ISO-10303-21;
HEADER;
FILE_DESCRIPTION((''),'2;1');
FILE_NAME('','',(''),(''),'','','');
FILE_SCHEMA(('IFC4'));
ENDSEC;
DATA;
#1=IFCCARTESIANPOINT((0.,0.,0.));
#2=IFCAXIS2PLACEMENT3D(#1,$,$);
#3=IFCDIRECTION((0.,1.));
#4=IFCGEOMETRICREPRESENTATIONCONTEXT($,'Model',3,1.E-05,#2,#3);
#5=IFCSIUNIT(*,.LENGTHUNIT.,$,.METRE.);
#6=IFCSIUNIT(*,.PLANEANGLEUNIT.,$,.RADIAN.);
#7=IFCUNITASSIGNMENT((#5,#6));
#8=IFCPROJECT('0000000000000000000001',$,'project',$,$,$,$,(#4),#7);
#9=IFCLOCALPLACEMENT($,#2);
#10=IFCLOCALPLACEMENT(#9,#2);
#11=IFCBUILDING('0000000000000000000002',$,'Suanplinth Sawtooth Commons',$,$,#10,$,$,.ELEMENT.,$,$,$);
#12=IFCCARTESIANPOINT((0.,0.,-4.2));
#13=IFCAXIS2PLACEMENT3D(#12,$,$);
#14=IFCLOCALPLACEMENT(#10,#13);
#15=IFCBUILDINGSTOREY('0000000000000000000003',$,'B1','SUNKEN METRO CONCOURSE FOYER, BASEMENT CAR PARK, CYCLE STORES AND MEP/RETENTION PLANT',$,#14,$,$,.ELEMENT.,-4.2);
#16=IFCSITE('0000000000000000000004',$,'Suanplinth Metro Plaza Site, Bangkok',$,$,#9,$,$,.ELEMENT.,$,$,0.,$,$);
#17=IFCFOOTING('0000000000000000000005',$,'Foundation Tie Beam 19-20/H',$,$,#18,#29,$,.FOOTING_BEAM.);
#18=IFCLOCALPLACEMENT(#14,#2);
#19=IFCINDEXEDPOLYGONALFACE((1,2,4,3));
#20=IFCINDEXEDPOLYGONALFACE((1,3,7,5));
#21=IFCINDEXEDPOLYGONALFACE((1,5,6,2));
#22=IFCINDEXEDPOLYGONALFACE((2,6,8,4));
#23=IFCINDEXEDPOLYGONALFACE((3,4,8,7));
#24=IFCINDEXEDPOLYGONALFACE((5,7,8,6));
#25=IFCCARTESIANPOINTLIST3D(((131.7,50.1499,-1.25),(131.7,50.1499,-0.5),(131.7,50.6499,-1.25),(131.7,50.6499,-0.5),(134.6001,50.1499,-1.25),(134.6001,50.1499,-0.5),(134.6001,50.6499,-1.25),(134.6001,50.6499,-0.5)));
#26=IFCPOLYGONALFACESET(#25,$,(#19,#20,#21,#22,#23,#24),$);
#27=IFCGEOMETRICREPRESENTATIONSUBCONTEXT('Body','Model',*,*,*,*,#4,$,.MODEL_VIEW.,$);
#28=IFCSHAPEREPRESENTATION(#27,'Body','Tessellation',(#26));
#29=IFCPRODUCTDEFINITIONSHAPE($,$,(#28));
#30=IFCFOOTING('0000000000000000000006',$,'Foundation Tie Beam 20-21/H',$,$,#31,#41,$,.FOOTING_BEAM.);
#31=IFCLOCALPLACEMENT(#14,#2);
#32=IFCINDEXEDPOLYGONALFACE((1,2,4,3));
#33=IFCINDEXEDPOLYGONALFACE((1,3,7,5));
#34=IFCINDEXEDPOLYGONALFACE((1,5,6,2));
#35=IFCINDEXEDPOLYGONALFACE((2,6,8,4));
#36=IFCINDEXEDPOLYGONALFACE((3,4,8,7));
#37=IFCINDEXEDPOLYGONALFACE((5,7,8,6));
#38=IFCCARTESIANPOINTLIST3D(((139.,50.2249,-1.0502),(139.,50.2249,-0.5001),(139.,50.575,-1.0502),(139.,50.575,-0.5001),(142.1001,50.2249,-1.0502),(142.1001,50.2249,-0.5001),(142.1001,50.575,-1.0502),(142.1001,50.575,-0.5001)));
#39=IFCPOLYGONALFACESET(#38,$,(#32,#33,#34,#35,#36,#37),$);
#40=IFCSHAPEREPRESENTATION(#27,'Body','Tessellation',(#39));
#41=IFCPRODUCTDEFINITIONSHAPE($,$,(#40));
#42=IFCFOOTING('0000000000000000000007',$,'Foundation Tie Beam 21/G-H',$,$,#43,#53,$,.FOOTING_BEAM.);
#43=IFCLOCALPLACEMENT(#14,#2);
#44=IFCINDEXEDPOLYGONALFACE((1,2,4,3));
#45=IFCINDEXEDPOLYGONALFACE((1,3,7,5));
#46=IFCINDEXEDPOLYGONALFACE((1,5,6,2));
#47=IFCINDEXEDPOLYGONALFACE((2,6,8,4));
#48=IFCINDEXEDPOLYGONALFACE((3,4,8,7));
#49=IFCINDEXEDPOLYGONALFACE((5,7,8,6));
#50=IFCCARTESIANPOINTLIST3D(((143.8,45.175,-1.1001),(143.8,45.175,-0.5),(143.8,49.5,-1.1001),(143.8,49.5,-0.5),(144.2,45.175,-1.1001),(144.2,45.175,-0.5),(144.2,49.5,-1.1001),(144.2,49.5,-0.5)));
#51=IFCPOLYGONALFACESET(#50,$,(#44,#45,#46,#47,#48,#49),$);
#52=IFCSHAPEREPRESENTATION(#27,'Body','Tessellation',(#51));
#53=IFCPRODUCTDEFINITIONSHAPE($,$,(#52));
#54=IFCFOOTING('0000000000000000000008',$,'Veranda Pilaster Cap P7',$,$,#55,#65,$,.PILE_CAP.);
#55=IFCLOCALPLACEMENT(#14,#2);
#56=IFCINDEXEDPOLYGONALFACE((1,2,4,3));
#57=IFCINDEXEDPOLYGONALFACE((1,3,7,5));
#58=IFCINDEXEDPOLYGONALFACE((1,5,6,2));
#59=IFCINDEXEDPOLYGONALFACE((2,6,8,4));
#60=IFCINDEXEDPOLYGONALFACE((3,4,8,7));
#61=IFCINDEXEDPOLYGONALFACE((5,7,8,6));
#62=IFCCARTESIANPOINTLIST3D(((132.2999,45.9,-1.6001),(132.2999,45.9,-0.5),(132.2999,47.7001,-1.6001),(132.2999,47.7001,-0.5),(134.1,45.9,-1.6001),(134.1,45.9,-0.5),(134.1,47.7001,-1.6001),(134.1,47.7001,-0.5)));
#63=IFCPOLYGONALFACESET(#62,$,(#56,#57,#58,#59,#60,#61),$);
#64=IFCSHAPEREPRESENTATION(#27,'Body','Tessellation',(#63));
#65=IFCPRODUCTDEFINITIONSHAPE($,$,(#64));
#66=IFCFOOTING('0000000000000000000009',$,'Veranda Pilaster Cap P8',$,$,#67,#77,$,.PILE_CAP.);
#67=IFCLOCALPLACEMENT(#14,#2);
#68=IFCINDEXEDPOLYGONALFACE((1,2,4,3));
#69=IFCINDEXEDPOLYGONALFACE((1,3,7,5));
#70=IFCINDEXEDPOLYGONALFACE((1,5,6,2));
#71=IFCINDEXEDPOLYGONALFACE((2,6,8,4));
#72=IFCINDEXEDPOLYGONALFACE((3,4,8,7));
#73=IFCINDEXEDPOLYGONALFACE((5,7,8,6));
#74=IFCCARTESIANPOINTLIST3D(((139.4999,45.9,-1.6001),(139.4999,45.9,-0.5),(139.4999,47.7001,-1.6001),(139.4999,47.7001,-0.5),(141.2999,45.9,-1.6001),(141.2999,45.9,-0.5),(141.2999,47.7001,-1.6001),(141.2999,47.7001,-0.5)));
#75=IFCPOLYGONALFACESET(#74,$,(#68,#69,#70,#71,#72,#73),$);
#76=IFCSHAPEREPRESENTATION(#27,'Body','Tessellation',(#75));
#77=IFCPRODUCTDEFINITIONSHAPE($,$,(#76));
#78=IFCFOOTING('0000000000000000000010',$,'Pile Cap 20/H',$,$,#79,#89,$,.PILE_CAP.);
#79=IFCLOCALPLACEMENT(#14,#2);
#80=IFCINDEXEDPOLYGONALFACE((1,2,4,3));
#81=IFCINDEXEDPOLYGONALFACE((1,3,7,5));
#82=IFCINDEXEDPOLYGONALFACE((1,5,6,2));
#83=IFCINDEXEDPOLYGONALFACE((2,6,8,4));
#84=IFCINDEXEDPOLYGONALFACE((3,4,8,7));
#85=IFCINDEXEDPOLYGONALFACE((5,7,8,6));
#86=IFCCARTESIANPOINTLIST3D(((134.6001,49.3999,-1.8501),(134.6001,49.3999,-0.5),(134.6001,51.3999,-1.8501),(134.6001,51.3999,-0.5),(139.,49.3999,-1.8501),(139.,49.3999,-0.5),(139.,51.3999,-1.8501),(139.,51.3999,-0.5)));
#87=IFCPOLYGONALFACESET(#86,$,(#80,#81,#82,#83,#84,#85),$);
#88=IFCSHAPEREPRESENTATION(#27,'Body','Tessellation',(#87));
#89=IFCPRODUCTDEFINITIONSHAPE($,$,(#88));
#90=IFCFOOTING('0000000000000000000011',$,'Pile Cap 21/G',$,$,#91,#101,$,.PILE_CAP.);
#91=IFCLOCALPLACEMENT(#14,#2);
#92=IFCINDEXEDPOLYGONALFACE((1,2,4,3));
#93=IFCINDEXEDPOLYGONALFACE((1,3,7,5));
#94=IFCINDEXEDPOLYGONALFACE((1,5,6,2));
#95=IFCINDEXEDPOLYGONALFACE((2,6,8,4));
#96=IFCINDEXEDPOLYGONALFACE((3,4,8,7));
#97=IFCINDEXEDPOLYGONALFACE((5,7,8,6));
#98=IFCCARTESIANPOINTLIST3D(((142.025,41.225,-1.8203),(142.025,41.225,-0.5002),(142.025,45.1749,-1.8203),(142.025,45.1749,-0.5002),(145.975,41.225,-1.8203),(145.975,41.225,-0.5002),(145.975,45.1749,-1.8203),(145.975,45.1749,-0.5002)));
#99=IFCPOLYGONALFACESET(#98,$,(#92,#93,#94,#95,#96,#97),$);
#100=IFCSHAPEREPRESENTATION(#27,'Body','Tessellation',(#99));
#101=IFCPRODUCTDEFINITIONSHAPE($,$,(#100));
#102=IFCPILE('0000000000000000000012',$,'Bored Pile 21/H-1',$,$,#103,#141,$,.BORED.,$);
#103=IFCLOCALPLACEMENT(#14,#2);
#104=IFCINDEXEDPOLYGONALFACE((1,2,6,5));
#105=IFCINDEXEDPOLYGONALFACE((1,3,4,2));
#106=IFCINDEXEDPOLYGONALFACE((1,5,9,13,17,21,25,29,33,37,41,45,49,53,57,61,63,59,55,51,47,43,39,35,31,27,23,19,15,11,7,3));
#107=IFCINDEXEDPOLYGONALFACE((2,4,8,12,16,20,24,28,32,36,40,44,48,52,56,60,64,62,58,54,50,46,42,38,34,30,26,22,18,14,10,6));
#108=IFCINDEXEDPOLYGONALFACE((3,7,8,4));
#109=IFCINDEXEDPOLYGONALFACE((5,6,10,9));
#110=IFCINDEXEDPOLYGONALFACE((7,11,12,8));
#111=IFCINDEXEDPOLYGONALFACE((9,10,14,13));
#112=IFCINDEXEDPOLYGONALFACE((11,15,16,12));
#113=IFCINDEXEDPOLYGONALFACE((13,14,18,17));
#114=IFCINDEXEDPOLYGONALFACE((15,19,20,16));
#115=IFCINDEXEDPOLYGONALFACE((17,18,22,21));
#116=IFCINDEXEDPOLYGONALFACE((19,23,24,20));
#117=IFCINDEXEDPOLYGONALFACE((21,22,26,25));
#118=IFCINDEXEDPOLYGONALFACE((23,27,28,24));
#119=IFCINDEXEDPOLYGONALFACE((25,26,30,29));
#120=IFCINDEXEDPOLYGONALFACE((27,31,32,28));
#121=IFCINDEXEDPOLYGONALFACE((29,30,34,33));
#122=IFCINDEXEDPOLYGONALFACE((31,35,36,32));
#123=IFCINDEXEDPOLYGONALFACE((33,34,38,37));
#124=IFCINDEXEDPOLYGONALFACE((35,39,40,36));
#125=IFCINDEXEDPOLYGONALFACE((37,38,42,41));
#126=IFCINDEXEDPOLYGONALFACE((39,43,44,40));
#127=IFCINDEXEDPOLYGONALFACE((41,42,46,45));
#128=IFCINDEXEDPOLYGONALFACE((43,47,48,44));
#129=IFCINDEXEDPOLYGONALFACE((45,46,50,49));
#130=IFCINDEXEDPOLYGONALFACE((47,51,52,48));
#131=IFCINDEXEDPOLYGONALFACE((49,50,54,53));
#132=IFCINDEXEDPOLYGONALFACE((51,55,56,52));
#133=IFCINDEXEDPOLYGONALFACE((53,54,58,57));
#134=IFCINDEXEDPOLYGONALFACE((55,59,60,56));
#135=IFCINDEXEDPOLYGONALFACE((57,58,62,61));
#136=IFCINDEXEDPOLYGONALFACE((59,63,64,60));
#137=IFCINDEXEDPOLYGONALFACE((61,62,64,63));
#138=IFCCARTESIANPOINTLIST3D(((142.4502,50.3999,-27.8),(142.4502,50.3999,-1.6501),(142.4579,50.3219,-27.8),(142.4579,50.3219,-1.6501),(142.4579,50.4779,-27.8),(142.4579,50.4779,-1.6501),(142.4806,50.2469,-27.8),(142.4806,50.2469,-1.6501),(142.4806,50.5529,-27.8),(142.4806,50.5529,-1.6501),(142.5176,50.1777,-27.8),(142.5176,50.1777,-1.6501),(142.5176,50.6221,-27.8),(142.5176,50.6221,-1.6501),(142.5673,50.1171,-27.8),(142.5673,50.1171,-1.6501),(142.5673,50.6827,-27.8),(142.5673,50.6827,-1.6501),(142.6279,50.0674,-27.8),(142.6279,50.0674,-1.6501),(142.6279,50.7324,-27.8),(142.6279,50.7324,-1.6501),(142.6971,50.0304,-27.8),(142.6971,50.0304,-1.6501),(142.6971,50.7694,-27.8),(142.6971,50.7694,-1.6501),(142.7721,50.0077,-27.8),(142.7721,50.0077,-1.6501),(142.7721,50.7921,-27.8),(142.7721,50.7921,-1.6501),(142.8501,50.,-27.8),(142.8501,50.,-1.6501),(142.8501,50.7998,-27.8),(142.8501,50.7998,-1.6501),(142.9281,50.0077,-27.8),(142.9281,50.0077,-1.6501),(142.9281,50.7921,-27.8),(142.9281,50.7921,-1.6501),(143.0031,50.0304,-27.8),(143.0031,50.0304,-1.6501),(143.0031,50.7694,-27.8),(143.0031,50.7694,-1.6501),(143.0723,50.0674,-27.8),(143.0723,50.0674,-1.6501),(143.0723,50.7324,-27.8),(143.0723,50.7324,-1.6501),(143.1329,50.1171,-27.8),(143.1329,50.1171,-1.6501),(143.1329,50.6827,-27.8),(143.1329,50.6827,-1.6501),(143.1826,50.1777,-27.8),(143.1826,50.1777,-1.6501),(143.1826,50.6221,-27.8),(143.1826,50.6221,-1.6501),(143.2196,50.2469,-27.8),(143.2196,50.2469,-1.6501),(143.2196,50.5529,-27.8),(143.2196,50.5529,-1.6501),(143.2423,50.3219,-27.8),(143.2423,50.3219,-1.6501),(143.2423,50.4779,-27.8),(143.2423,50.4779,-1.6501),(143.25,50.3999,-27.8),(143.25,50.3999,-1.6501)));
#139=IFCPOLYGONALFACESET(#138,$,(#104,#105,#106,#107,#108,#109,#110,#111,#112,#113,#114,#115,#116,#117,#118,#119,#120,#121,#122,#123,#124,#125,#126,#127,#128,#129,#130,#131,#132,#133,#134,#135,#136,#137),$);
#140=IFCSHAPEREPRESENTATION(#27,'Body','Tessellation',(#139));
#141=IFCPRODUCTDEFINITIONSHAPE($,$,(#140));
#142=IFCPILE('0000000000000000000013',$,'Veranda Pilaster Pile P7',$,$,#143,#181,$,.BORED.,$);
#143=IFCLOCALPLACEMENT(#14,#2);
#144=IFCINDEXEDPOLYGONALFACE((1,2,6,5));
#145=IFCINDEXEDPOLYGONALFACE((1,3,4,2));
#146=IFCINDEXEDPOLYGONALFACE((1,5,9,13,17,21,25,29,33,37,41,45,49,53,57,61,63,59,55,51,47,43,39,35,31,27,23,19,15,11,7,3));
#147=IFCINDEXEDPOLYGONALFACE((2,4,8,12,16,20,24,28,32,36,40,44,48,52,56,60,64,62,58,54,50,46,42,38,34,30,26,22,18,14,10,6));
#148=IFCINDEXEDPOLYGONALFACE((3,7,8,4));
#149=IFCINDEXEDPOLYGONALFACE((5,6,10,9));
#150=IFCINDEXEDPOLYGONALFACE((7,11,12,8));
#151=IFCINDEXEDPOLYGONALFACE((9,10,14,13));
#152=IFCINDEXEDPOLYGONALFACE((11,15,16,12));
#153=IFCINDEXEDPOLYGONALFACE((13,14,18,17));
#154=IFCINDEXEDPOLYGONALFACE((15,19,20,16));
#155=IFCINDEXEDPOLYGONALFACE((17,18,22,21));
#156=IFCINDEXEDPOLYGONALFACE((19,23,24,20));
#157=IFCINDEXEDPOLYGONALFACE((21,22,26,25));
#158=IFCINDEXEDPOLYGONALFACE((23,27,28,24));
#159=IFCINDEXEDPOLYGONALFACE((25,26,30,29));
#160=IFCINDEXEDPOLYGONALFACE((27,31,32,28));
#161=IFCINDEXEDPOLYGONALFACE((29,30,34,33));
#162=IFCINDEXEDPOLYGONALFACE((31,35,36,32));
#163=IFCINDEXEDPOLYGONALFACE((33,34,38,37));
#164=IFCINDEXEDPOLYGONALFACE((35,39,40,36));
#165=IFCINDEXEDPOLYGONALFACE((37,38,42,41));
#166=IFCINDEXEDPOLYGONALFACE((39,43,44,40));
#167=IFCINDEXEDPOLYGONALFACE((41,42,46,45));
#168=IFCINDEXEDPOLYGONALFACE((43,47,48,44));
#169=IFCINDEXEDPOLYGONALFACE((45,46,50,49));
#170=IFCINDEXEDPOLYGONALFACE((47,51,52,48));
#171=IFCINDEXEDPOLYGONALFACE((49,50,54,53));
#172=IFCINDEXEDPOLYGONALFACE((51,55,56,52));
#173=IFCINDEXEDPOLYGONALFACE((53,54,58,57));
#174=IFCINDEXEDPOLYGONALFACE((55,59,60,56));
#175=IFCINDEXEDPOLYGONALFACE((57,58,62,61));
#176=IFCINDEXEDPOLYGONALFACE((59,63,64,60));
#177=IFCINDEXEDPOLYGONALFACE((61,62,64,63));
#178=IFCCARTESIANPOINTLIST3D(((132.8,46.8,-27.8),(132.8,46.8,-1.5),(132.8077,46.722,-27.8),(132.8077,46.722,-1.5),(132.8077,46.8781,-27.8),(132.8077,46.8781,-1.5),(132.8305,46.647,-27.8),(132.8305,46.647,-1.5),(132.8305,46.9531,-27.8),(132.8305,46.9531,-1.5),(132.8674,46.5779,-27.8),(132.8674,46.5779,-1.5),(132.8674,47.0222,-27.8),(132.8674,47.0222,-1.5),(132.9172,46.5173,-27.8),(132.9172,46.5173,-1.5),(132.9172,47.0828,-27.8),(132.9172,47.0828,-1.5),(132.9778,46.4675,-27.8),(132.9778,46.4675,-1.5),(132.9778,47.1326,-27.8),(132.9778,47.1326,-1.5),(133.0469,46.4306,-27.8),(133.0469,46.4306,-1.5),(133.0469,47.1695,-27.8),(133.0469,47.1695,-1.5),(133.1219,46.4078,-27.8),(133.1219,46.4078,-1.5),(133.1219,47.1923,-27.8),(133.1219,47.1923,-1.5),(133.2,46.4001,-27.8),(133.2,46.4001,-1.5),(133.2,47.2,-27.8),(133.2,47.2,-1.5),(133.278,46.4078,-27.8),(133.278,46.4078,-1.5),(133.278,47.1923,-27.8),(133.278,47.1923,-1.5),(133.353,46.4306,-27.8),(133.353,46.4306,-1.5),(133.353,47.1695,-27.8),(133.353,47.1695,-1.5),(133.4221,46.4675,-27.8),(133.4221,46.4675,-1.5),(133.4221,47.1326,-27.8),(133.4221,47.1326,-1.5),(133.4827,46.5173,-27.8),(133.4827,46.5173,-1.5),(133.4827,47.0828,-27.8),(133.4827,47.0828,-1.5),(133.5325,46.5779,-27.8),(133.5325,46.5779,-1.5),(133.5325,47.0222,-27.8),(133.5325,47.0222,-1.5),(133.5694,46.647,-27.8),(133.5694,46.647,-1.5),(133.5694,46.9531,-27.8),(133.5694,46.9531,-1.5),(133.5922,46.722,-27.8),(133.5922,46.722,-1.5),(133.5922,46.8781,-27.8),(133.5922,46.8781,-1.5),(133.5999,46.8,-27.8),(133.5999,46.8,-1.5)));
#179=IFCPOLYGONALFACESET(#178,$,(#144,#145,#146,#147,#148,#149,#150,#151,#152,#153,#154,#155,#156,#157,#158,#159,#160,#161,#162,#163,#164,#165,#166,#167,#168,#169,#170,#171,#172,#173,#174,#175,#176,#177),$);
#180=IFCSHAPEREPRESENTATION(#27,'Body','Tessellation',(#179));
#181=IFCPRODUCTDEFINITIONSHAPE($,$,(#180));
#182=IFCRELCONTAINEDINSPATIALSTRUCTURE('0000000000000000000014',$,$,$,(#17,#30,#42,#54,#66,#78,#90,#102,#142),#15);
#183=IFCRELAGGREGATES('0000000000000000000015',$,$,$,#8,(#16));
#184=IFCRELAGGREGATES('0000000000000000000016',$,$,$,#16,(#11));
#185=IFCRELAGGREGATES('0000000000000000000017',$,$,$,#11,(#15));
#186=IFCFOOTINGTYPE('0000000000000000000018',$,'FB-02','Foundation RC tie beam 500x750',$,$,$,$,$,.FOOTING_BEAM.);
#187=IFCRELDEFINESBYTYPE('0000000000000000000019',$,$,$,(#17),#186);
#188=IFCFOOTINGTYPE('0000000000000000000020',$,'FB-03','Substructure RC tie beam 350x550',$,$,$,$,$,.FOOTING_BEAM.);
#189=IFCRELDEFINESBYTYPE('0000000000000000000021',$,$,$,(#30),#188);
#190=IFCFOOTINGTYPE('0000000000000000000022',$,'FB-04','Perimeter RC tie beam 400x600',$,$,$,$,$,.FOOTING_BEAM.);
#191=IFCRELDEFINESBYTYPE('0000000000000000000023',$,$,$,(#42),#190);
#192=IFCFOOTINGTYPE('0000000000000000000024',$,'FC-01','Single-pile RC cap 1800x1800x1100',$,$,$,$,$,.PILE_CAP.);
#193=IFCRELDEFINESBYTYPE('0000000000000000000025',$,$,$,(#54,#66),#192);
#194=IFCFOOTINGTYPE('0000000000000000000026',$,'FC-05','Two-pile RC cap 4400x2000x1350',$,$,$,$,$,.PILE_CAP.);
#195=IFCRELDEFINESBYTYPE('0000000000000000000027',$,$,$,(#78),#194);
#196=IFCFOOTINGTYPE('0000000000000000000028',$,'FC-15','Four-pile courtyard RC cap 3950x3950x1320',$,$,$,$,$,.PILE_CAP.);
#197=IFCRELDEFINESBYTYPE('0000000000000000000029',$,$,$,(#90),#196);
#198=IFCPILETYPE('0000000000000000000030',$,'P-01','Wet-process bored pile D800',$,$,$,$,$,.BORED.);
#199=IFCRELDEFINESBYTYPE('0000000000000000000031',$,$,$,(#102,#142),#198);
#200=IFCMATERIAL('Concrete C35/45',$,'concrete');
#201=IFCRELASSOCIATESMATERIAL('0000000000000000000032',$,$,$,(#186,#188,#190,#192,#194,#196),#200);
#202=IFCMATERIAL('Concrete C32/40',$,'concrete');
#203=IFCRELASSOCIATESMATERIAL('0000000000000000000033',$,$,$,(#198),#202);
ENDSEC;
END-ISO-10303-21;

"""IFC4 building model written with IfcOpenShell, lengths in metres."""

from ifc_helpers import new_model, si_unit, direction, frame, origin, origin_2d, place, context, subcontext, project, spatial, rectangle, circle, extrude, material, material_profile, profile_set, type_object, element, save


model = new_model("IFC4")

# Units and contexts
model_context = context("Model", 3, precision=1e-05, world=origin(), true_north=direction((0.0, 1.0)))
body_context = subcontext(model_context, "Body", "Model", "MODEL_VIEW")
ifc_project = project(units=[si_unit("LENGTHUNIT", "METRE"), si_unit("PLANEANGLEUNIT", "RADIAN")], contexts=[model_context])

# Site, building, storey
site_placement = place(None, origin())
site = spatial("IfcSite", under=ifc_project, at=site_placement, Name="Suanplinth Metro Plaza Site, Bangkok", CompositionType="ELEMENT", RefElevation=0.0)
building_placement = place(site_placement, origin())
building = spatial("IfcBuilding", under=site, at=building_placement, Name="Suanplinth Sawtooth Commons", CompositionType="ELEMENT")
storey_placement = place(building_placement, frame((0.0, 0.0, -4.2)))
storey = spatial("IfcBuildingStorey", under=building, at=storey_placement, Name="B1", Description="SUNKEN METRO CONCOURSE FOYER, BASEMENT CAR PARK, CYCLE STORES AND MEP/RETENTION PLANT", CompositionType="ELEMENT", Elevation=-4.2)

# Footings
ifc_material_1 = material(Name="Concrete C35/45", Category="concrete")
ifc_material_profile_1 = material_profile(ifc_material_1, rectangle(XDim=0.5, YDim=0.75, at=origin_2d()), Name="RC-GDR 500x750")
ifc_profile_set_1 = profile_set([ifc_material_profile_1], Name="Concrete C35/45")
footing_type_1 = type_object("IfcFootingType", Name="FB-02", Description="Foundation RC tie beam 500x750", PredefinedType="FOOTING_BEAM", material=ifc_profile_set_1)
footing_1_placement = place(storey_placement, frame((131.7, 50.3999, -0.875), z_axis=(1.0, 0.0, 0.0), x_axis=(0.0, 1.0, 0.0)))
element("IfcFooting", 1, at=footing_1_placement, inside=storey, type_object=footing_type_1, Name="Foundation Tie Beam 19-20/H", PredefinedType="FOOTING_BEAM", context=body_context, shape_type="SweptSolid", body=[
    extrude(rectangle(XDim=0.5, YDim=0.75, at=origin_2d()), origin(), (0.0, 0.0, 1.0), 2.9001),
])
ifc_material_profile_2 = material_profile(ifc_material_1, rectangle(XDim=0.3501, YDim=0.55, at=origin_2d()), Name="PC-BM 350x550")
ifc_profile_set_2 = profile_set([ifc_material_profile_2], Name="Concrete C35/45")
footing_type_2 = type_object("IfcFootingType", Name="FB-03", Description="Substructure RC tie beam 350x550", PredefinedType="FOOTING_BEAM", material=ifc_profile_set_2)
footing_2_placement = place(storey_placement, frame((139.0, 50.3999, -0.7751), z_axis=(1.0, 0.0, 0.0), x_axis=(0.0, 1.0, 0.0)))
element("IfcFooting", 2, at=footing_2_placement, inside=storey, type_object=footing_type_2, Name="Foundation Tie Beam 20-21/H", PredefinedType="FOOTING_BEAM", context=body_context, shape_type="SweptSolid", body=[
    extrude(rectangle(XDim=0.3501, YDim=0.55, at=origin_2d()), origin(), (0.0, 0.0, 1.0), 3.1001),
])
ifc_material_profile_3 = material_profile(ifc_material_1, rectangle(XDim=0.3999, YDim=0.6001, at=origin_2d()), Name="PC-GDR 400x600")
ifc_profile_set_3 = profile_set([ifc_material_profile_3], Name="Concrete C35/45")
footing_type_3 = type_object("IfcFootingType", Name="FB-04", Description="Perimeter RC tie beam 400x600", PredefinedType="FOOTING_BEAM", material=ifc_profile_set_3)
footing_3_placement = place(storey_placement, frame((144.0, 45.175, -0.8), z_axis=(0.0, 1.0, 0.0), x_axis=(-1.0, 0.0, 0.0)))
element("IfcFooting", 3, at=footing_3_placement, inside=storey, type_object=footing_type_3, Name="Foundation Tie Beam 21/G-H", PredefinedType="FOOTING_BEAM", context=body_context, shape_type="SweptSolid", body=[
    extrude(rectangle(XDim=0.3999, YDim=0.6001, at=origin_2d()), origin(), (0.0, 0.0, 1.0), 4.325),
])
footing_type_4 = type_object("IfcFootingType", Name="FC-01", Description="Single-pile RC cap 1800x1800x1100", PredefinedType="PILE_CAP", material=ifc_material_1)
for number, where, z_axis, x_axis, name in (
    (4, (133.2, 46.8, -1.6001), (0.0, 0.0, 1.0), (1.0, 0.0, 0.0), "Veranda Pilaster Cap P7"),
    (5, (140.3999, 46.8, -1.6001), (0.0, 0.0, 1.0), (1.0, 0.0, 0.0), "Veranda Pilaster Cap P8"),
):
    element("IfcFooting", number, at=place(storey_placement, frame(where, z_axis=z_axis, x_axis=x_axis)), inside=storey, type_object=footing_type_4, Name=name, PredefinedType="PILE_CAP", context=body_context, shape_type="SweptSolid", body=[
        extrude(rectangle(XDim=1.8, YDim=1.8, at=origin_2d()), origin(), (0.0, 0.0, 1.0), 1.1001),
    ])
footing_type_5 = type_object("IfcFootingType", Name="FC-05", Description="Two-pile RC cap 4400x2000x1350", PredefinedType="PILE_CAP", material=ifc_material_1)
footing_4_placement = place(storey_placement, frame((136.8, 50.3999, -1.8501), z_axis=(0.0, 0.0, 1.0), x_axis=(1.0, 0.0, 0.0)))
element("IfcFooting", 6, at=footing_4_placement, inside=storey, type_object=footing_type_5, Name="Pile Cap 20/H", PredefinedType="PILE_CAP", context=body_context, shape_type="SweptSolid", body=[
    extrude(rectangle(XDim=4.3999, YDim=2.0, at=origin_2d()), origin(), (0.0, 0.0, 1.0), 1.3501),
])
footing_type_6 = type_object("IfcFootingType", Name="FC-15", Description="Four-pile courtyard RC cap 3950x3950x1320", PredefinedType="PILE_CAP", material=ifc_material_1)
footing_5_placement = place(storey_placement, frame((144.0, 43.2, -1.8203), z_axis=(0.0, 0.0, 1.0), x_axis=(1.0, 0.0, 0.0)))
element("IfcFooting", 7, at=footing_5_placement, inside=storey, type_object=footing_type_6, Name="Pile Cap 21/G", PredefinedType="PILE_CAP", context=body_context, shape_type="SweptSolid", body=[
    extrude(rectangle(XDim=3.95, YDim=3.95, at=origin_2d()), origin(), (0.0, 0.0, 1.0), 1.3201),
])

# Piles
ifc_material_2 = material(Name="Concrete C32/40", Category="concrete")
ifc_material_profile_4 = material_profile(ifc_material_2, circle(Radius=0.3999, at=origin_2d()), Name="PILE D800")
ifc_profile_set_4 = profile_set([ifc_material_profile_4], Name="Concrete C32/40")
pile_type_1 = type_object("IfcPileType", Name="P-01", Description="Wet-process bored pile D800", PredefinedType="BORED", material=ifc_profile_set_4)
pile_1_placement = place(storey_placement, frame((142.8501, 50.3999, -1.6501), z_axis=(0.0, 0.0, -1.0), x_axis=(1.0, 0.0, 0.0)))
element("IfcPile", 8, at=pile_1_placement, inside=storey, type_object=pile_type_1, Name="Bored Pile 21/H-1", PredefinedType="BORED", context=body_context, shape_type="SweptSolid", body=[
    extrude(circle(Radius=0.3999, at=origin_2d()), origin(), (0.0, 0.0, 1.0), 26.1499),
])
for number, where, z_axis, x_axis, name in (
    (9, (133.2, 46.8, -1.5), (0.0, 0.0, -1.0), (1.0, 0.0, 0.0), "Veranda Pilaster Pile P7"),
):
    element("IfcPile", number, at=place(storey_placement, frame(where, z_axis=z_axis, x_axis=x_axis)), inside=storey, type_object=pile_type_1, Name=name, PredefinedType="BORED", context=body_context, shape_type="SweptSolid", body=[
        extrude(circle(Radius=0.3999, at=origin_2d()), origin(), (0.0, 0.0, 1.0), 26.3),
    ])

save(model, "model.ifc")
